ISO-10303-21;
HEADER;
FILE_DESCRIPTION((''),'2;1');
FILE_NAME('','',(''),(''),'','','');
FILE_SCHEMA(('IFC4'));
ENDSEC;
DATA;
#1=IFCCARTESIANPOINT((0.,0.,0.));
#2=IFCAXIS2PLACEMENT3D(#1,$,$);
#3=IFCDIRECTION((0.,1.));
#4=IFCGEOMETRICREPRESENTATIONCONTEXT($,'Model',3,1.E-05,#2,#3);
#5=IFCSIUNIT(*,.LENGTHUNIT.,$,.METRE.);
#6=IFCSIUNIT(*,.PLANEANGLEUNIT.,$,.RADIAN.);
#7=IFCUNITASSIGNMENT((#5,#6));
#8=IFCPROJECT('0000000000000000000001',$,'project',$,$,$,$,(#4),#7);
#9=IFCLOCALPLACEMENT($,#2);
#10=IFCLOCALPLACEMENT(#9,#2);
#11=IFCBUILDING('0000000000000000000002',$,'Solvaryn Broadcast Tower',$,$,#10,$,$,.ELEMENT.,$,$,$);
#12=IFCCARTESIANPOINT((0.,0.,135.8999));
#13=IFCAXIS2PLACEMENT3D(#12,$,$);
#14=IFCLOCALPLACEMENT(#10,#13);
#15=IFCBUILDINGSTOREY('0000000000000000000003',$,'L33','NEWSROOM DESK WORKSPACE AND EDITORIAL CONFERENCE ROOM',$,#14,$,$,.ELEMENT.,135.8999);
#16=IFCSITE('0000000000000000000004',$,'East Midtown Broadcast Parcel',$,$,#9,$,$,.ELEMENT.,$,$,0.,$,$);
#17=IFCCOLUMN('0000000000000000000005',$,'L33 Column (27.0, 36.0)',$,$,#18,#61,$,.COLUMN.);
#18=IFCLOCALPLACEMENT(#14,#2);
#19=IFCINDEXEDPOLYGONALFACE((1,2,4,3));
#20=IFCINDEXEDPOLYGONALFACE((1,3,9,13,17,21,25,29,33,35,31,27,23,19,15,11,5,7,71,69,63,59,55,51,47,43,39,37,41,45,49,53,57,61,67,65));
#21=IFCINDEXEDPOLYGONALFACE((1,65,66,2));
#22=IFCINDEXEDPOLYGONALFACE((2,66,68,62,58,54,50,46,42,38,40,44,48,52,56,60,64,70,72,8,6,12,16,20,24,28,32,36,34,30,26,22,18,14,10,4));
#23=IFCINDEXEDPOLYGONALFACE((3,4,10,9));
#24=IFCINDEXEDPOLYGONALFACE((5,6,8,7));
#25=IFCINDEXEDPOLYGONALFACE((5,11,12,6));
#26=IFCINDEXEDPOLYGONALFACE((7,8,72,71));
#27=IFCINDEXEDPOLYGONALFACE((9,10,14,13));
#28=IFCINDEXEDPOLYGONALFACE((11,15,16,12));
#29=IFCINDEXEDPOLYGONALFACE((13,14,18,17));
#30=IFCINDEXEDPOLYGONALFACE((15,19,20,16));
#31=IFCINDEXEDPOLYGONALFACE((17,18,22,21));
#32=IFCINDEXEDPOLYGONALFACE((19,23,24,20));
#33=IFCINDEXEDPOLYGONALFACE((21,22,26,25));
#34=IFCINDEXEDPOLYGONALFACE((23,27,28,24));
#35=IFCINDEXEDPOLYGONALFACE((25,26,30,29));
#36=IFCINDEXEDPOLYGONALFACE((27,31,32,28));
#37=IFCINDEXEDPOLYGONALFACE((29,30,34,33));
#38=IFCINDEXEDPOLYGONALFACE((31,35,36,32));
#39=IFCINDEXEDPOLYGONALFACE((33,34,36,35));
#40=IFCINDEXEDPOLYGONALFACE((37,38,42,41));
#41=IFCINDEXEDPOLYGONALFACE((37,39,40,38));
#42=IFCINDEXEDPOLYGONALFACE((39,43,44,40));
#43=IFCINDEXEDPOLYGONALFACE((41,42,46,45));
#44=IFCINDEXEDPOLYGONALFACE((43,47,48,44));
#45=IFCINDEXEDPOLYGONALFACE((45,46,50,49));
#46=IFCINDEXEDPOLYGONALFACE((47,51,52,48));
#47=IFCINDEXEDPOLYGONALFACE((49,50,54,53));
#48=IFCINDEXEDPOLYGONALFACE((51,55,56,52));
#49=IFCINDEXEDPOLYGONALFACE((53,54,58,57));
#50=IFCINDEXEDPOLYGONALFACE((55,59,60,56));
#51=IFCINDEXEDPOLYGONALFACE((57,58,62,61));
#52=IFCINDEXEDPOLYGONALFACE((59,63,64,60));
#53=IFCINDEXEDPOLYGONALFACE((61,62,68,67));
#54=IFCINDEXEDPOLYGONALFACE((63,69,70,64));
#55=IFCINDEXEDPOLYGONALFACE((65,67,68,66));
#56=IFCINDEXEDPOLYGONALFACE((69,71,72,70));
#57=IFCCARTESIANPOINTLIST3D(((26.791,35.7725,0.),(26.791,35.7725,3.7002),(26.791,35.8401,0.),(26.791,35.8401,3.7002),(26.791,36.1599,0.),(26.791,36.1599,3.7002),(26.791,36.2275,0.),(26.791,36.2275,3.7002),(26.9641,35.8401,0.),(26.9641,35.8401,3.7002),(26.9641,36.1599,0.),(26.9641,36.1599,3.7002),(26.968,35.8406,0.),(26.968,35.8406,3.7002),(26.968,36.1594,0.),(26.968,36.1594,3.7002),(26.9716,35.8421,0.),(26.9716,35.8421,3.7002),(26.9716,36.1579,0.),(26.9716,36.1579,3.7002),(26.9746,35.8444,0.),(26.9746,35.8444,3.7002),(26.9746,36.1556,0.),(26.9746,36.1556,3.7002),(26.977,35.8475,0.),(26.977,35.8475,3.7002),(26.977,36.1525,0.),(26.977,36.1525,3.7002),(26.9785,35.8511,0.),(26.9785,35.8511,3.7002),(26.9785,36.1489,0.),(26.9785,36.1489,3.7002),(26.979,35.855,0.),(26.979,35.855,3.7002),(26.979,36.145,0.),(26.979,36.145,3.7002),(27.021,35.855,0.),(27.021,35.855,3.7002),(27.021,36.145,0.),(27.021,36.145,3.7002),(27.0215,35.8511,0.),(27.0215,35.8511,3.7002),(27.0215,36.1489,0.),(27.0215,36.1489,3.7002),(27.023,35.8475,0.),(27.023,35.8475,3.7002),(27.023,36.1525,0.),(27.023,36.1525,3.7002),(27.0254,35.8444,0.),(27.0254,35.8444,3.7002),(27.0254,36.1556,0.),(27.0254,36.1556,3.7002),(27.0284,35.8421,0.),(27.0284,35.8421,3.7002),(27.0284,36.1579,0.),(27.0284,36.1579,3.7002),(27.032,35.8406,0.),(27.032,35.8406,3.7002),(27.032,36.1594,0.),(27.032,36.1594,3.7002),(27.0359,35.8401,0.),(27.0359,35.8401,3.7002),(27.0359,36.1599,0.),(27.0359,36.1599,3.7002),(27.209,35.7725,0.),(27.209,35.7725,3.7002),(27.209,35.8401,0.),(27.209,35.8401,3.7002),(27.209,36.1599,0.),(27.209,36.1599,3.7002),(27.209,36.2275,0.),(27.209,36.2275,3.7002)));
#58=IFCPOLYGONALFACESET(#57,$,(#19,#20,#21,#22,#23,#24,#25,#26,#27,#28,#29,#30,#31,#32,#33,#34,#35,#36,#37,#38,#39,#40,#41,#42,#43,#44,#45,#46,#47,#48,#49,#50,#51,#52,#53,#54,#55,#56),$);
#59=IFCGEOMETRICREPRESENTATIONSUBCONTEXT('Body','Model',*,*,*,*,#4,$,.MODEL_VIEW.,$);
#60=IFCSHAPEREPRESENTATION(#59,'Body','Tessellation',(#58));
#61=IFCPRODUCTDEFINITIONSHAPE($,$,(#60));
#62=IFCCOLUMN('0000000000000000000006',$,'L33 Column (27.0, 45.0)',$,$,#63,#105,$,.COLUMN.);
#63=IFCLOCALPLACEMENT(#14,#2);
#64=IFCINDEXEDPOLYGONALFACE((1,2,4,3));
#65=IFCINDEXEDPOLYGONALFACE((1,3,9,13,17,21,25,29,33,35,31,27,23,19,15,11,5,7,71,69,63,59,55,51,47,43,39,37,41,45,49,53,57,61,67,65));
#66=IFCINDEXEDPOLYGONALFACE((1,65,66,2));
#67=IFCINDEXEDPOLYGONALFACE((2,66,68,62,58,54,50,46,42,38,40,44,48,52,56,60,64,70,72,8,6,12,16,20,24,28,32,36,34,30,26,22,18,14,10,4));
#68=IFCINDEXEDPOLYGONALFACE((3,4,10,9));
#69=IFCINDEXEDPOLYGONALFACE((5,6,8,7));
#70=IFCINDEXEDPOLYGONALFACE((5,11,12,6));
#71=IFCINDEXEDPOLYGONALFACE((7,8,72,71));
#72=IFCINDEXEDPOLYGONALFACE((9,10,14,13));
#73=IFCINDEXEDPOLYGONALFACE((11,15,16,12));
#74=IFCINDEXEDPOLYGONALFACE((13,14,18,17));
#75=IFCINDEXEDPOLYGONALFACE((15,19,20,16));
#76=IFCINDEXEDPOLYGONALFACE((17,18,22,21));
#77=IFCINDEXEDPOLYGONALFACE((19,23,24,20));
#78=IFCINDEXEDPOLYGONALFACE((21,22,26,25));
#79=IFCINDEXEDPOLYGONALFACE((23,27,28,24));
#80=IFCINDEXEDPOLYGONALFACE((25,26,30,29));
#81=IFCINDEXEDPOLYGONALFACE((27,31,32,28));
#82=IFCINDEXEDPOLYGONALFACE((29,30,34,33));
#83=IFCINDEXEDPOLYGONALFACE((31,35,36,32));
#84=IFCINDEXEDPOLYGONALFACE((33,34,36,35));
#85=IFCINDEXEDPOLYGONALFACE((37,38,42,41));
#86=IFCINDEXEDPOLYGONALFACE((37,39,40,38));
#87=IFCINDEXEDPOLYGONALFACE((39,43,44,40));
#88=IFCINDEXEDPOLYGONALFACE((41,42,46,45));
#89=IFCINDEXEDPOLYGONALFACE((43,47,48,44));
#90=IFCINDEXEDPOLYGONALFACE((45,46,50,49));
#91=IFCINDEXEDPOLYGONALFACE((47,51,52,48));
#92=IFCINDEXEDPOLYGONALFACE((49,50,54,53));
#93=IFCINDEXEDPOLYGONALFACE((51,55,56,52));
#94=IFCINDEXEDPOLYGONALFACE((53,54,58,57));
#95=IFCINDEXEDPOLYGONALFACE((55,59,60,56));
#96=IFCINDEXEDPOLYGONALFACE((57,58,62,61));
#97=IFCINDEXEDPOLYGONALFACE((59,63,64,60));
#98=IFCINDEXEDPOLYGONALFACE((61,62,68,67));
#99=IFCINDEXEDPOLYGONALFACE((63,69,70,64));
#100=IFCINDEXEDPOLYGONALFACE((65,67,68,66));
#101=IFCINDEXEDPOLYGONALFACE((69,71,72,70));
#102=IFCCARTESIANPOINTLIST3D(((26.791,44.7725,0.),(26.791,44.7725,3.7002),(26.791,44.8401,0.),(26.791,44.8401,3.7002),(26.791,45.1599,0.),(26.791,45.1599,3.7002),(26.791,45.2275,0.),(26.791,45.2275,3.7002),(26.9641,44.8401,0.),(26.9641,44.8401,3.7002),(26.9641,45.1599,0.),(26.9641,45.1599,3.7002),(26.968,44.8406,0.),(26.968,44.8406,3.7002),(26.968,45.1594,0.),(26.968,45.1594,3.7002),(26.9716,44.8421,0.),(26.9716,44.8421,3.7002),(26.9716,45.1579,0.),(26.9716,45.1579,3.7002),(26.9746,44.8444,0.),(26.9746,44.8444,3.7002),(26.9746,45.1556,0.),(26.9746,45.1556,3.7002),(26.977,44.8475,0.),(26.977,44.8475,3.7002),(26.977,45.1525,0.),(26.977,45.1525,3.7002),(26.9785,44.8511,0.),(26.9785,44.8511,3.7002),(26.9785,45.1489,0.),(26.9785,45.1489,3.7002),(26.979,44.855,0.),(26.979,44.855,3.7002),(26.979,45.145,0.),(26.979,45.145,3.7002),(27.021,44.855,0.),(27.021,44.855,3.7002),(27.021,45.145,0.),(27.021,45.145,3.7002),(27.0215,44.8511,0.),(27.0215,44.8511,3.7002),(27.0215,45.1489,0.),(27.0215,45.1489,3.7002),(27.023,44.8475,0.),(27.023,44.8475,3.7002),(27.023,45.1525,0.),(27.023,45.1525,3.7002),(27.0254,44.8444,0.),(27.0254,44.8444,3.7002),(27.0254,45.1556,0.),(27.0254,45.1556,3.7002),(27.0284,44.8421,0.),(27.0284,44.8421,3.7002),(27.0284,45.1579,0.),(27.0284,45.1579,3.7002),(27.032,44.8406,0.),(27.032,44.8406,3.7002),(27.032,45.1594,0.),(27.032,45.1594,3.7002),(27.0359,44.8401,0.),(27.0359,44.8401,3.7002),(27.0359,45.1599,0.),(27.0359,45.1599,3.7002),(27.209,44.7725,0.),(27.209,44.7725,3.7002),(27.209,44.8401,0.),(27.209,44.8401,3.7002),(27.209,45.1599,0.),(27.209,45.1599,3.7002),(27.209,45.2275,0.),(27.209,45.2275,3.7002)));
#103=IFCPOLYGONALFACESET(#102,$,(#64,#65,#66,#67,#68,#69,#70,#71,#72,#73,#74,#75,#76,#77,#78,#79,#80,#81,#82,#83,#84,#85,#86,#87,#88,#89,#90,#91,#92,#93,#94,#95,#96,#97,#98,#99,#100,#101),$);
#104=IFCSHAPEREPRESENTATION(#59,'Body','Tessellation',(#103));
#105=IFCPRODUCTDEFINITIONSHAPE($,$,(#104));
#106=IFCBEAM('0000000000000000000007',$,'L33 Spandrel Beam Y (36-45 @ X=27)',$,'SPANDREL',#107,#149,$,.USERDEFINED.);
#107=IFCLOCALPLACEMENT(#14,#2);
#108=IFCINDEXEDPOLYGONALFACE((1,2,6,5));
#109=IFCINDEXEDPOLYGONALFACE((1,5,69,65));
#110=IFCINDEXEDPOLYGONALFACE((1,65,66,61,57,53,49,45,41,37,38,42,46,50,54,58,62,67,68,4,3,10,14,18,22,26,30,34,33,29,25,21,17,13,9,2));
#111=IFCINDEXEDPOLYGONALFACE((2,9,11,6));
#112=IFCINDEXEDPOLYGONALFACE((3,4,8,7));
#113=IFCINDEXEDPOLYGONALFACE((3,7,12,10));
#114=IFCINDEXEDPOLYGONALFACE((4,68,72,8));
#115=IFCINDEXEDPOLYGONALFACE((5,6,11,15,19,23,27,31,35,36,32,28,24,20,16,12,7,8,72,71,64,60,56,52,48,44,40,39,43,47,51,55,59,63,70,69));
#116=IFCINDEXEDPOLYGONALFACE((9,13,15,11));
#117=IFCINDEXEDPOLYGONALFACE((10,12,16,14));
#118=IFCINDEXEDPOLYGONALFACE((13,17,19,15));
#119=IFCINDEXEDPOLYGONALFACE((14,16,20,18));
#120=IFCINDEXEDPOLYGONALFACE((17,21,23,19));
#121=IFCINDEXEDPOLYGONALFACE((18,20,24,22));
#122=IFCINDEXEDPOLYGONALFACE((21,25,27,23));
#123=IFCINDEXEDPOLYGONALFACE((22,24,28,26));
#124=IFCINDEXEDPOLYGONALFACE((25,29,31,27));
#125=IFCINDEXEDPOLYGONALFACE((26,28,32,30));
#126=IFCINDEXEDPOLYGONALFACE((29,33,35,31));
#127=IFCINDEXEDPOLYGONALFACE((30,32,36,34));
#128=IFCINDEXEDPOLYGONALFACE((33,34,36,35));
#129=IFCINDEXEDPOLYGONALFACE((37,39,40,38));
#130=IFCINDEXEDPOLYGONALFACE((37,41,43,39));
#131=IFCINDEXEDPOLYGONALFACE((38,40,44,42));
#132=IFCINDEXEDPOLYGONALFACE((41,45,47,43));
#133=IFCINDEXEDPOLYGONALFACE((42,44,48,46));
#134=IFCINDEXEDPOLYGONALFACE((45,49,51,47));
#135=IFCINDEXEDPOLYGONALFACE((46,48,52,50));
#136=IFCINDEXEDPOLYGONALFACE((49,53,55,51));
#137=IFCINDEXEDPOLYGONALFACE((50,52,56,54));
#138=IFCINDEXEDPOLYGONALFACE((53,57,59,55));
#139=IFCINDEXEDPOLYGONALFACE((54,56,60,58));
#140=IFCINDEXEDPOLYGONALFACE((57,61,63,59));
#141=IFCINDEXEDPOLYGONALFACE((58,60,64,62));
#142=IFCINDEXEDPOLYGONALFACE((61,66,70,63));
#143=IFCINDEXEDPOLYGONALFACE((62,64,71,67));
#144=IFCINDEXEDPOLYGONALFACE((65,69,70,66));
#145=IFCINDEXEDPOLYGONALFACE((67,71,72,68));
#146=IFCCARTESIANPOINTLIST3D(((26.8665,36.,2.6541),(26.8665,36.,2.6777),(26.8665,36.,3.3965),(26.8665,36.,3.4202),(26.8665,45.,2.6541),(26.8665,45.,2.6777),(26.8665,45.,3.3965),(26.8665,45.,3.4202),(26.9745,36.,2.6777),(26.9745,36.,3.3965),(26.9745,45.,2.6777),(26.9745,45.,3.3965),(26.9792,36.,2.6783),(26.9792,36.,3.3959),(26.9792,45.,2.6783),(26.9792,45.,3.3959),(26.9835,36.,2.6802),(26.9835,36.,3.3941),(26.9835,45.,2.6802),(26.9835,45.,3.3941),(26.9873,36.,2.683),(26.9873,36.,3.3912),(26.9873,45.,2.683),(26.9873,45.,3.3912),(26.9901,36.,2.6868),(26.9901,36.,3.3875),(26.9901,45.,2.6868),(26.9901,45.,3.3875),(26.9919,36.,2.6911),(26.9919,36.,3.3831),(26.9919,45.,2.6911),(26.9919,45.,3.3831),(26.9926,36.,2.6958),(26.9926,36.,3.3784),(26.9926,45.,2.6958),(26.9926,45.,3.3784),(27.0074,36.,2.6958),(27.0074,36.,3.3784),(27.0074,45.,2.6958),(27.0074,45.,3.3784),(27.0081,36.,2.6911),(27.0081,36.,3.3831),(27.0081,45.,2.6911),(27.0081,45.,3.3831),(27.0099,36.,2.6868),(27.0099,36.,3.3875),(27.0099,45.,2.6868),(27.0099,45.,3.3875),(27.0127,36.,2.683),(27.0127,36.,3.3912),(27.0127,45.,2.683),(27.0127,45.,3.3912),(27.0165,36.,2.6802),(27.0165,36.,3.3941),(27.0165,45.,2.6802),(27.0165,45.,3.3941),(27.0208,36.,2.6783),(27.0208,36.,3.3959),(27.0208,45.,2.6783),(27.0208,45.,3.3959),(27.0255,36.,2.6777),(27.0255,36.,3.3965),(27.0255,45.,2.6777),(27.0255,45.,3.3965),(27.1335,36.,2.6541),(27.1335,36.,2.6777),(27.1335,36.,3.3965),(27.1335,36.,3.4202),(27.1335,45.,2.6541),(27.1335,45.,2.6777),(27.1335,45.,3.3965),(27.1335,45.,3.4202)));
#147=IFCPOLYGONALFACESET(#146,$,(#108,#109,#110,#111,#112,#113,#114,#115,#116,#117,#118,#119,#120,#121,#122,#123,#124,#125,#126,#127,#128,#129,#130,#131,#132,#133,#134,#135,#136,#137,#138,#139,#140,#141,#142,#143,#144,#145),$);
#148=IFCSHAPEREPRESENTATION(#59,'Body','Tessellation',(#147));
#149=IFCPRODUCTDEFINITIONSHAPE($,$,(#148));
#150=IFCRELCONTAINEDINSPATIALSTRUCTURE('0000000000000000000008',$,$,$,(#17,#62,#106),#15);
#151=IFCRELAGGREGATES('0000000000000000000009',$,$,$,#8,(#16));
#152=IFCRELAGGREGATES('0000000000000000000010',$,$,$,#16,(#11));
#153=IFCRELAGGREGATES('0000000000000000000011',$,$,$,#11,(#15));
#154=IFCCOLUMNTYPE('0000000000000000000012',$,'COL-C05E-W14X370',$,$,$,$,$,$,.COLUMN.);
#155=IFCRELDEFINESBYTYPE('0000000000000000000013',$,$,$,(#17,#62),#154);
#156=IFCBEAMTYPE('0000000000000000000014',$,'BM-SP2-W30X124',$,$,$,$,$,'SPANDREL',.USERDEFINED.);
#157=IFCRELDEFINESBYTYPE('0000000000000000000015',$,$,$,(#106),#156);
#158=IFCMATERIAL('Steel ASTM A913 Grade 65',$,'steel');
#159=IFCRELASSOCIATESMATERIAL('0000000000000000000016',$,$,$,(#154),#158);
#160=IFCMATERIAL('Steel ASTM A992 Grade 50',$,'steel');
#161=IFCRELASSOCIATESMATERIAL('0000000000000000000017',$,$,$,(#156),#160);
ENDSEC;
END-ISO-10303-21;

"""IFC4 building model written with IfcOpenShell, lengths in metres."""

from ifc_helpers import new_model, si_unit, direction, frame, origin, origin_2d, place, context, subcontext, project, spatial, i_section, extrude, material, material_profile, profile_set, type_object, element, save


model = new_model("IFC4")

# Units and contexts
model_context = context("Model", 3, precision=1e-05, world=origin(), true_north=direction((0.0, 1.0)))
body_context = subcontext(model_context, "Body", "Model", "MODEL_VIEW")
ifc_project = project(units=[si_unit("LENGTHUNIT", "METRE"), si_unit("PLANEANGLEUNIT", "RADIAN")], contexts=[model_context])

# Site, building, storey
site_placement = place(None, origin())
site = spatial("IfcSite", under=ifc_project, at=site_placement, Name="East Midtown Broadcast Parcel", CompositionType="ELEMENT", RefElevation=0.0)
building_placement = place(site_placement, origin())
building = spatial("IfcBuilding", under=site, at=building_placement, Name="Solvaryn Broadcast Tower", CompositionType="ELEMENT")
storey_placement = place(building_placement, frame((0.0, 0.0, 135.8999)))
storey = spatial("IfcBuildingStorey", under=building, at=storey_placement, Name="L33", Description="NEWSROOM DESK WORKSPACE AND EDITORIAL CONFERENCE ROOM", CompositionType="ELEMENT", Elevation=135.8999)

# Columns
ifc_material_1 = material(Name="Steel ASTM A913 Grade 65", Category="steel")
ifc_material_profile_1 = material_profile(ifc_material_1, i_section(OverallWidth=0.418, OverallDepth=0.4551, WebThickness=0.042, FlangeThickness=0.0676, FilletRadius=0.0149, at=origin_2d()))
ifc_profile_set_1 = profile_set([ifc_material_profile_1], Name="Steel ASTM A913 Grade 65")
column_type = type_object("IfcColumnType", Name="COL-C05E-W14X370", PredefinedType="COLUMN", material=ifc_profile_set_1)
for number, where, z_axis, x_axis, name in (
    (1, (27.0, 36.0, 0.0), (0.0, 0.0, 1.0), (1.0, 0.0, 0.0), "L33 Column (27.0, 36.0)"),
    (2, (27.0, 45.0, 0.0), (0.0, 0.0, 1.0), (1.0, 0.0, 0.0), "L33 Column (27.0, 45.0)"),
):
    element("IfcColumn", number, at=place(storey_placement, frame(where, z_axis=z_axis, x_axis=x_axis)), inside=storey, type_object=column_type, Name=name, PredefinedType="COLUMN", context=body_context, shape_type="SweptSolid", body=[
        extrude(i_section(OverallWidth=0.418, OverallDepth=0.4551, WebThickness=0.042, FlangeThickness=0.0676, FilletRadius=0.0149, at=origin_2d()), origin(), (0.0, 0.0, 1.0), 3.7002),
    ])

# Beam
ifc_material_2 = material(Name="Steel ASTM A992 Grade 50", Category="steel")
ifc_material_profile_2 = material_profile(ifc_material_2, i_section(OverallWidth=0.2671, OverallDepth=0.7661, WebThickness=0.0149, FlangeThickness=0.0237, FilletRadius=0.0181, at=origin_2d()))
ifc_profile_set_2 = profile_set([ifc_material_profile_2], Name="Steel ASTM A992 Grade 50")
beam_type = type_object("IfcBeamType", Name="BM-SP2-W30X124", ElementType="SPANDREL", PredefinedType="USERDEFINED", material=ifc_profile_set_2)
beam_placement = place(storey_placement, frame((27.0, 36.0, 3.0371), z_axis=(0.0, 1.0, 0.0), x_axis=(-1.0, 0.0, 0.0)))
element("IfcBeam", 3, at=beam_placement, inside=storey, type_object=beam_type, Name="L33 Spandrel Beam Y (36-45 @ X=27)", ObjectType="SPANDREL", PredefinedType="USERDEFINED", context=body_context, shape_type="SweptSolid", body=[
    extrude(i_section(OverallWidth=0.2671, OverallDepth=0.7661, WebThickness=0.0149, FlangeThickness=0.0237, FilletRadius=0.0181, at=origin_2d()), origin(), (0.0, 0.0, 1.0), 9.0),
])

save(model, "model.ifc")
